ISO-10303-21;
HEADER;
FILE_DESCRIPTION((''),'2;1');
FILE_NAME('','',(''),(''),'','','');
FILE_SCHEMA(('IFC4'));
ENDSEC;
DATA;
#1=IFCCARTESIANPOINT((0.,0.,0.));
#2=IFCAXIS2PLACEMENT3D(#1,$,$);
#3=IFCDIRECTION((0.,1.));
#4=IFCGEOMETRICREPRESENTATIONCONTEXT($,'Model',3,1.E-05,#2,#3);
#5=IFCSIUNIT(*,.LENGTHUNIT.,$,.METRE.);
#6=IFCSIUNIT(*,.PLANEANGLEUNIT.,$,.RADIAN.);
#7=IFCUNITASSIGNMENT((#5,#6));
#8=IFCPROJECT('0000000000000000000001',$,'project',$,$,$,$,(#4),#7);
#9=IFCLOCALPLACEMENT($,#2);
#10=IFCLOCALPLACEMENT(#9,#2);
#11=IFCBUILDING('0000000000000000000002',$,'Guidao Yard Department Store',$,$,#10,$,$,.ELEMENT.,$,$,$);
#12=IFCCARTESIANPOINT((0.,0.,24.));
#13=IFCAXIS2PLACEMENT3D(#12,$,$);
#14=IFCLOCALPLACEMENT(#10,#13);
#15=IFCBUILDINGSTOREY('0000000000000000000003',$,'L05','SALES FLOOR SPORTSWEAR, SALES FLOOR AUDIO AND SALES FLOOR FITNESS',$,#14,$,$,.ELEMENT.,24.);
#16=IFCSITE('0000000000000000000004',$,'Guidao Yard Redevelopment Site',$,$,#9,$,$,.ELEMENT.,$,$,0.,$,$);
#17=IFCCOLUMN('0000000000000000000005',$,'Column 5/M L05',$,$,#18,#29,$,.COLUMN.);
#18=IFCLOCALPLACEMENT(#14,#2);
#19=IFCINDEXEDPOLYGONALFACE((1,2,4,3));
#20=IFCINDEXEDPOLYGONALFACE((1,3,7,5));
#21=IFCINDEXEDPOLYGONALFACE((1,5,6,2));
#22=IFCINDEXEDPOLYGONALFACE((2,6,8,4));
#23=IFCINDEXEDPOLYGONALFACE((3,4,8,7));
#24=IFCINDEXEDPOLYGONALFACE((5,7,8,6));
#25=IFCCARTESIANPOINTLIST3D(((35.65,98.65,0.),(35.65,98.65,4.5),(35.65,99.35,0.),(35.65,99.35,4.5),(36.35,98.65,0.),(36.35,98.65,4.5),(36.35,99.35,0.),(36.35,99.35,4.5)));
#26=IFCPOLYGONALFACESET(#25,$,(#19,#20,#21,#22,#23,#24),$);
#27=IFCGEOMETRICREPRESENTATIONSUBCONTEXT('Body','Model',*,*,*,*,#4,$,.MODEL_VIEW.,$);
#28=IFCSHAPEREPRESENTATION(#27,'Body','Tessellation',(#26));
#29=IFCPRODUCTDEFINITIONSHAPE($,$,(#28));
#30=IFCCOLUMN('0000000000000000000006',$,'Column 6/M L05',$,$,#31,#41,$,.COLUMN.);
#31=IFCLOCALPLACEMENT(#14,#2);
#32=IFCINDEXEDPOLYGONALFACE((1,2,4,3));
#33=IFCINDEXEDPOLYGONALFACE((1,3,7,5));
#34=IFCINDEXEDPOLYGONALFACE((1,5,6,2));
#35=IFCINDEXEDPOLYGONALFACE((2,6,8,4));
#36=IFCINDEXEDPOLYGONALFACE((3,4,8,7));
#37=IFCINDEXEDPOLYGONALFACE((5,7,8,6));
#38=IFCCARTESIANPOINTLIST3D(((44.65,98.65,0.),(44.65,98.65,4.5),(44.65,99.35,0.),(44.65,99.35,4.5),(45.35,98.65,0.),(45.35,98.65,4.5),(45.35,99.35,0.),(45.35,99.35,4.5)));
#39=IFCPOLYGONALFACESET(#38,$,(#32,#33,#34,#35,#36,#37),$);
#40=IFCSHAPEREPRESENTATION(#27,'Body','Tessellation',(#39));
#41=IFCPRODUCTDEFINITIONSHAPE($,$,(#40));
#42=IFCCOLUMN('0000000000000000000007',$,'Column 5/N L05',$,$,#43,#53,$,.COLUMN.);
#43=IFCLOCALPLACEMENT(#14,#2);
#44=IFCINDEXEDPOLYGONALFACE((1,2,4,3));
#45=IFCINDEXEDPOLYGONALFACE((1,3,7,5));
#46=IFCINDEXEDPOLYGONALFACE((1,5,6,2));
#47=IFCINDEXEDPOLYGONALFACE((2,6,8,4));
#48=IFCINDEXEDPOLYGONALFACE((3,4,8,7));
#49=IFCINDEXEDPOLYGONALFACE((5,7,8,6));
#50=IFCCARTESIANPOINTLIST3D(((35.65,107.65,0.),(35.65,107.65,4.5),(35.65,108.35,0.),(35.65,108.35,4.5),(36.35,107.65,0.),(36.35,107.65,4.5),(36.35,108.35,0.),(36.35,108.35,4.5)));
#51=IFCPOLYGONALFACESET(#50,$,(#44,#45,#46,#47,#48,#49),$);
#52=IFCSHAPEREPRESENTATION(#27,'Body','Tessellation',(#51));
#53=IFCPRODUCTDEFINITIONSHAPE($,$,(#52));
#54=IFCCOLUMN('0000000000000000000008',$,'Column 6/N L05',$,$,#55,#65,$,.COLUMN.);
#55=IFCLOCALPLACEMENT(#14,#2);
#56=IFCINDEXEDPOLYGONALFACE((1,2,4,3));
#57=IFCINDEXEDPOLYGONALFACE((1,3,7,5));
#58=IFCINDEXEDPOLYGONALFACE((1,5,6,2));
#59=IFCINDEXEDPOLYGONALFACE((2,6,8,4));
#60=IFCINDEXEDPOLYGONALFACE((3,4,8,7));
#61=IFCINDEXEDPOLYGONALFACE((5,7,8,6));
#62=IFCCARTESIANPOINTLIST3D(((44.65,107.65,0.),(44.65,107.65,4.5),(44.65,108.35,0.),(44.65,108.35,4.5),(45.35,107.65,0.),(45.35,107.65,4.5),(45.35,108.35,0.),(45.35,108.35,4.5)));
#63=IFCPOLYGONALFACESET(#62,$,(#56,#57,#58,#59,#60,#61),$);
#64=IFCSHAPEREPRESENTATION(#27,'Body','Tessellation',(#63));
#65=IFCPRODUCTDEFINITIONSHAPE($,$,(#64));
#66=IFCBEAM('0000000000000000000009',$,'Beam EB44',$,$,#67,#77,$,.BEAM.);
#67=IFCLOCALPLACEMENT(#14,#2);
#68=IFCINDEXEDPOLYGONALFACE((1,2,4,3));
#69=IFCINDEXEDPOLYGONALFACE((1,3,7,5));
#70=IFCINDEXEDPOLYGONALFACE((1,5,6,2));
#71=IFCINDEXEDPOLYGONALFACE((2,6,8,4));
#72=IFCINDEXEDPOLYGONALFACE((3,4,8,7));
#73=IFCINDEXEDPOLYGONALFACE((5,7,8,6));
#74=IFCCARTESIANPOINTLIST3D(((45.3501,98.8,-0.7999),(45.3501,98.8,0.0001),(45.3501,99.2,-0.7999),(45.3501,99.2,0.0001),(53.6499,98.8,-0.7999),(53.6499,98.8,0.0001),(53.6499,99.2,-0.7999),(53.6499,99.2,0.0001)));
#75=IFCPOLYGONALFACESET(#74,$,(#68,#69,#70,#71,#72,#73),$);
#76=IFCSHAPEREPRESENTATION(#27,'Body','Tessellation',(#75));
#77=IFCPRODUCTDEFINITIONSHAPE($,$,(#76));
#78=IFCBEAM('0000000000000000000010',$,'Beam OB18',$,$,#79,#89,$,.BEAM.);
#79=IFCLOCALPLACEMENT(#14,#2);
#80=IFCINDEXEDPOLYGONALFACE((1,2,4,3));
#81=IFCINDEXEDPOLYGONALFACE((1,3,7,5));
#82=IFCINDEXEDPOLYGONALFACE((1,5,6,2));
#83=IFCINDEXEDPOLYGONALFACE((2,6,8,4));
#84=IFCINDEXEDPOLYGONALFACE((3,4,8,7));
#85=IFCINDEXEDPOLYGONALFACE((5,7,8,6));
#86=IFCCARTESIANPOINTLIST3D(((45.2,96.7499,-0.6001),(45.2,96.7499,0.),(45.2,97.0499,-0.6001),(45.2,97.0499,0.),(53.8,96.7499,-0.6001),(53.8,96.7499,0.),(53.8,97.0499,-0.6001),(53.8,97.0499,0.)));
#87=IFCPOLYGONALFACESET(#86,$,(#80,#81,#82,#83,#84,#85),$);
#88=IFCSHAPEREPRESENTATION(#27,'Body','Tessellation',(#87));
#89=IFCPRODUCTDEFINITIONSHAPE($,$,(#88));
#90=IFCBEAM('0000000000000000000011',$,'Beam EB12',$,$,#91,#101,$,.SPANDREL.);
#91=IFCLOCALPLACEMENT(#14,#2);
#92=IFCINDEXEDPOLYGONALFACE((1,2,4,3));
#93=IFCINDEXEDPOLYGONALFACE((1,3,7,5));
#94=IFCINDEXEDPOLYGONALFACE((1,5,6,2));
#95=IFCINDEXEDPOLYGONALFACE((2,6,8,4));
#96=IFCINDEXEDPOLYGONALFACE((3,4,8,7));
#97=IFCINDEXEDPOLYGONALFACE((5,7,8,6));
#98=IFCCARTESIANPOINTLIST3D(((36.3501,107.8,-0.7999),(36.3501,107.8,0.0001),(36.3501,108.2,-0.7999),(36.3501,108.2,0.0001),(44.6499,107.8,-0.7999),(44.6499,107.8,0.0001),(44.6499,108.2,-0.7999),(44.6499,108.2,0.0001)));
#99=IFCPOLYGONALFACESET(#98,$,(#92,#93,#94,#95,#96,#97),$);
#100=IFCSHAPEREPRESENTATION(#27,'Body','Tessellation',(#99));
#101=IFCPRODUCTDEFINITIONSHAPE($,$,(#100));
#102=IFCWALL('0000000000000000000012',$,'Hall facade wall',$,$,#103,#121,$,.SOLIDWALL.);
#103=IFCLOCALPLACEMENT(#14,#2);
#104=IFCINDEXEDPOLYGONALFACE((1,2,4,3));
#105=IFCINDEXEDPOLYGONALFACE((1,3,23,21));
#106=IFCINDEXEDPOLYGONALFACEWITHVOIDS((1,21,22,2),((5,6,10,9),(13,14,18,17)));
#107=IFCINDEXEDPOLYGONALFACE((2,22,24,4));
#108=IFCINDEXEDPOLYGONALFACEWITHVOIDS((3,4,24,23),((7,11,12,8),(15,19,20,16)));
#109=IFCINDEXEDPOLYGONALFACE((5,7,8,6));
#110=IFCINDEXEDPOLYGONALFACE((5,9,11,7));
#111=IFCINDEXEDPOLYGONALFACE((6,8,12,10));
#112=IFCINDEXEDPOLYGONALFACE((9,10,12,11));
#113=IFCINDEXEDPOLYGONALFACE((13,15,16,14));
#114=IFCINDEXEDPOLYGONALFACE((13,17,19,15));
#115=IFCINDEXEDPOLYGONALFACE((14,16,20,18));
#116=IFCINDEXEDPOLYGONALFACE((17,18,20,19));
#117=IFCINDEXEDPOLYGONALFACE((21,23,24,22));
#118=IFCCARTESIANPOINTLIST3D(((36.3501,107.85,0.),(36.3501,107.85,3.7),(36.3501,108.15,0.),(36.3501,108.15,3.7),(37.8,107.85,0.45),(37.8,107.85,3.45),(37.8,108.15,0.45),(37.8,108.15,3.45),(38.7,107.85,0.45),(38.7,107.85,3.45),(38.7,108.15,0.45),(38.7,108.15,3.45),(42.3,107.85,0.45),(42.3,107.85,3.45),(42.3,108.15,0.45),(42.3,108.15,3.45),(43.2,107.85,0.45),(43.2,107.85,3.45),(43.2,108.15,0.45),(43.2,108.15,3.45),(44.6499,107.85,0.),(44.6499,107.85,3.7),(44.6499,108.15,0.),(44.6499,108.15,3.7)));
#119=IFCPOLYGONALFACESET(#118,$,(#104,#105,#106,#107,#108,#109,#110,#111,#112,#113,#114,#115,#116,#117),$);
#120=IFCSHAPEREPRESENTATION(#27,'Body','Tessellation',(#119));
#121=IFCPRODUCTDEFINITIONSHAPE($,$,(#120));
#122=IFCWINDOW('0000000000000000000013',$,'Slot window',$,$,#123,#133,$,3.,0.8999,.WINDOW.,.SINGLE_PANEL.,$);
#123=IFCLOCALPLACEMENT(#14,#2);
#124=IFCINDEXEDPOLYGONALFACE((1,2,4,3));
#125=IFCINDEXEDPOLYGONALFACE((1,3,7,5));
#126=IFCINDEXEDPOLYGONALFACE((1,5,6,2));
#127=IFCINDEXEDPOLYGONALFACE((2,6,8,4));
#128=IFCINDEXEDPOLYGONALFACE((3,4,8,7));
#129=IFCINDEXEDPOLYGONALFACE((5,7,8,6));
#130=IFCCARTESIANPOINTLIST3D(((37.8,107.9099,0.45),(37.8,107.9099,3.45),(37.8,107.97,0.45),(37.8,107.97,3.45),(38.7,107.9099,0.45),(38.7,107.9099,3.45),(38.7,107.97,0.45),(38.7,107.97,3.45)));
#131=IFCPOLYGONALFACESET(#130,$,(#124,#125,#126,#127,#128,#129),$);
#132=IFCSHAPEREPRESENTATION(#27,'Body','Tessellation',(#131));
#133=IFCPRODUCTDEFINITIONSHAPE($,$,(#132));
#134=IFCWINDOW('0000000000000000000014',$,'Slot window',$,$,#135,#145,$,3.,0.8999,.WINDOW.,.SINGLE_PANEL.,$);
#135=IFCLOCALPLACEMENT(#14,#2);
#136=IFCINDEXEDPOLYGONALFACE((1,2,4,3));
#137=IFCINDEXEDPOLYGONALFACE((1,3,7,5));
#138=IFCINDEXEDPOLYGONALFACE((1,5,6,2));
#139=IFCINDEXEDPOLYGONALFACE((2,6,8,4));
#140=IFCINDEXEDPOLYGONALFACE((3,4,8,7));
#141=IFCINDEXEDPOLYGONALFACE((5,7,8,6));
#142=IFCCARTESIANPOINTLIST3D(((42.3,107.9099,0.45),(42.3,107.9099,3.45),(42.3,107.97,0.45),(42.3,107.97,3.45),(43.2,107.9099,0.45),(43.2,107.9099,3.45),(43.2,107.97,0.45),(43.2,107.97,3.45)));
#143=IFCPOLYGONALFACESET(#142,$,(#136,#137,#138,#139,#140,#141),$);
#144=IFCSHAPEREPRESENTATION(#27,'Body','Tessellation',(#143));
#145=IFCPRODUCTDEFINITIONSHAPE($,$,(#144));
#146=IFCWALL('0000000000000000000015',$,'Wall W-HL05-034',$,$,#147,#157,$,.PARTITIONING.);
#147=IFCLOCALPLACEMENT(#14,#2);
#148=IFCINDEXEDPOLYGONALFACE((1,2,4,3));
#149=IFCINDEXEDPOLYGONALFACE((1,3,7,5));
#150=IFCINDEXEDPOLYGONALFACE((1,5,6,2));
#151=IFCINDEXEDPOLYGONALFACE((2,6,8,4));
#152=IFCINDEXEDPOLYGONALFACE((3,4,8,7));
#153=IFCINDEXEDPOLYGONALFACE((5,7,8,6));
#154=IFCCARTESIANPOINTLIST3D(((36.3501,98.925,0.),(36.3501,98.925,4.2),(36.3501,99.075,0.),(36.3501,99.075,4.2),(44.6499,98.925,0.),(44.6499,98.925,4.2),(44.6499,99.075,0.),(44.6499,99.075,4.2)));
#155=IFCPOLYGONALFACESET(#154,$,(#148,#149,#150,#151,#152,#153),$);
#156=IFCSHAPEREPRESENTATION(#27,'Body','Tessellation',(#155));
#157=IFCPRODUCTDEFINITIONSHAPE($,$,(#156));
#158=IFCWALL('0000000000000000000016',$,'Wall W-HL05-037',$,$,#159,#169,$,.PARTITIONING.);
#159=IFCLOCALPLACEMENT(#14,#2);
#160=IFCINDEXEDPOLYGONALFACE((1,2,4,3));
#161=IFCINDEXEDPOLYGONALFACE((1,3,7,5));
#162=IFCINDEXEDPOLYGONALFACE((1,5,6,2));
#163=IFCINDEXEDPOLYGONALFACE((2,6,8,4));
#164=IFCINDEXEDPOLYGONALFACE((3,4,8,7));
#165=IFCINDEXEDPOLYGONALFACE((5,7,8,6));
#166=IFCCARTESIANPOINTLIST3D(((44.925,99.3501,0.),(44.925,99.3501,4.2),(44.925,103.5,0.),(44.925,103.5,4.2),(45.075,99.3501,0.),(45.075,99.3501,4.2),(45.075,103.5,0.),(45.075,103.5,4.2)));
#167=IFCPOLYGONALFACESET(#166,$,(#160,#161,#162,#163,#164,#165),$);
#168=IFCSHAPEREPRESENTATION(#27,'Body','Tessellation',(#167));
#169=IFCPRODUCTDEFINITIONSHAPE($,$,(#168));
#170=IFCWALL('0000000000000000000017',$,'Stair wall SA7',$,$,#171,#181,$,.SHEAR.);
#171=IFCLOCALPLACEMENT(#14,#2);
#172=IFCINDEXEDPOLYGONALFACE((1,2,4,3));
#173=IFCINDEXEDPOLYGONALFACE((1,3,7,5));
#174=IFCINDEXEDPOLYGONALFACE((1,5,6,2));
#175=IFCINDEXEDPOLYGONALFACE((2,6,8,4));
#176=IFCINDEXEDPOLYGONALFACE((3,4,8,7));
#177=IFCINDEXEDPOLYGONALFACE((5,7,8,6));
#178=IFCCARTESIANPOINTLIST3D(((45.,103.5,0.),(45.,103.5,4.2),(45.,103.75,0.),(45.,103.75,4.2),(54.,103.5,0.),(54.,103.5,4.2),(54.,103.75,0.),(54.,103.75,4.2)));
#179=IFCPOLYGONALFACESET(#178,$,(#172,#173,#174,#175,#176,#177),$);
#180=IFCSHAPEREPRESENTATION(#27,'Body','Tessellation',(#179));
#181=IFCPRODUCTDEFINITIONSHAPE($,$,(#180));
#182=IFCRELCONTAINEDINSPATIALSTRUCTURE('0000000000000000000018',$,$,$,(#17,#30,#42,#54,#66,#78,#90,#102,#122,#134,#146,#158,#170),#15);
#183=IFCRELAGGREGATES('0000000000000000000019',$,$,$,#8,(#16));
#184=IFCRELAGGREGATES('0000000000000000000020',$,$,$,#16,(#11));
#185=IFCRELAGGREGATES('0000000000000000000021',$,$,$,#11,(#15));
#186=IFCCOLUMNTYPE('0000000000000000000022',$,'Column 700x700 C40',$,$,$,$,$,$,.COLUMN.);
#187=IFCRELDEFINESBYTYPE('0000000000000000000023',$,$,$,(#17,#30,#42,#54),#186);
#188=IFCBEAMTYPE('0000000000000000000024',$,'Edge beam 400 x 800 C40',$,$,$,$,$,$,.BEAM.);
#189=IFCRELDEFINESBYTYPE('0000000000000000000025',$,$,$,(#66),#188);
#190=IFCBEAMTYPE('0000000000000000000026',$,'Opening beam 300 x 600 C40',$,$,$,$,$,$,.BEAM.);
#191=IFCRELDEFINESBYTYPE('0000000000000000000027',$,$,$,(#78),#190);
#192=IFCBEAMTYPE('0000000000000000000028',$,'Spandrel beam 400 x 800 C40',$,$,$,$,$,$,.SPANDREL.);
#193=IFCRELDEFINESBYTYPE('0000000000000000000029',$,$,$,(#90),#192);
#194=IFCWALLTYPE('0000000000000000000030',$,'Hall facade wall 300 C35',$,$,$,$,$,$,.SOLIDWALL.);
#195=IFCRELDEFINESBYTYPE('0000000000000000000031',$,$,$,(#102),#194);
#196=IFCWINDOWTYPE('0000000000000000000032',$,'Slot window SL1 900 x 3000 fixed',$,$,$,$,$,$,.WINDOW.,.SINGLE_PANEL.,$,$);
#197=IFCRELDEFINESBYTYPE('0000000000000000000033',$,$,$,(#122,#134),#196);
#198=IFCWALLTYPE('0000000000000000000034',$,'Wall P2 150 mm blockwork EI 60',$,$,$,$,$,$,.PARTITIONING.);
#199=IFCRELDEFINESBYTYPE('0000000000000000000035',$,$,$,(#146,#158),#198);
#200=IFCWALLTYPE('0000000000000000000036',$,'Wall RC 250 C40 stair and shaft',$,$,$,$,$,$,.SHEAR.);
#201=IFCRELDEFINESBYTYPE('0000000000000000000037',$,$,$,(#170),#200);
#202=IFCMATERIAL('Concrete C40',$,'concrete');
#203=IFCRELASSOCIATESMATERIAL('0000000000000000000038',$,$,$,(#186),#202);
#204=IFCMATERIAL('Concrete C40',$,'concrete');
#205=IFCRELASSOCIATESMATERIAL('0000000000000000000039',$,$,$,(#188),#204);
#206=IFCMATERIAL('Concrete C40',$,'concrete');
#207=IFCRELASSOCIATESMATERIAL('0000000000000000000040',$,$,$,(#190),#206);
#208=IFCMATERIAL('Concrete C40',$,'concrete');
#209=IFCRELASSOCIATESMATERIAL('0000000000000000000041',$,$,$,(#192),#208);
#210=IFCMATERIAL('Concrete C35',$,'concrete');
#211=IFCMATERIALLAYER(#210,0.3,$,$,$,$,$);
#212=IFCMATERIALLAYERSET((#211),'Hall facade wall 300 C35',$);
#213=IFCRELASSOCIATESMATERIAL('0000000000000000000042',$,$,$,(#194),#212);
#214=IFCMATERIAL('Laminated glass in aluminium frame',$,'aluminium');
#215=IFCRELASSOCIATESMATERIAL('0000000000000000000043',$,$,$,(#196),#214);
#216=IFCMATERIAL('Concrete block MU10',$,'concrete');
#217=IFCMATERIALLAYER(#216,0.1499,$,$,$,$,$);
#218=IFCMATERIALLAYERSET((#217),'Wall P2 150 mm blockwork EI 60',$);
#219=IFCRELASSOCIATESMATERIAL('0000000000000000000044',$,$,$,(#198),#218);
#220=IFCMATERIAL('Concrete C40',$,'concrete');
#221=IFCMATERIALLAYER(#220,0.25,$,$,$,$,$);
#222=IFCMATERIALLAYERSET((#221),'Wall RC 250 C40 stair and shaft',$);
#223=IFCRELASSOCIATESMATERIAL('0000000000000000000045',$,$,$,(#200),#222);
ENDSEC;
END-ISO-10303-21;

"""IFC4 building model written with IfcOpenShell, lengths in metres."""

from ifc_helpers import new_model, si_unit, direction, frame, frame_2d, origin, origin_2d, place, context, subcontext, project, spatial, rectangle, extrude, material, layer, layer_set, material_profile, profile_set, type_object, element, fill, save


model = new_model("IFC4")

# Units and contexts
model_context = context("Model", 3, precision=1e-05, world=origin(), true_north=direction((0.0, 1.0)))
body_context = subcontext(model_context, "Body", "Model", "MODEL_VIEW")
ifc_project = project(units=[si_unit("LENGTHUNIT", "METRE"), si_unit("PLANEANGLEUNIT", "RADIAN")], contexts=[model_context])

# Site, building, storey
site_placement = place(None, origin())
site = spatial("IfcSite", under=ifc_project, at=site_placement, Name="Guidao Yard Redevelopment Site", CompositionType="ELEMENT", RefElevation=0.0)
building_placement = place(site_placement, origin())
building = spatial("IfcBuilding", under=site, at=building_placement, Name="Guidao Yard Department Store", CompositionType="ELEMENT")
storey_placement = place(building_placement, frame((0.0, 0.0, 24.0)))
storey = spatial("IfcBuildingStorey", under=building, at=storey_placement, Name="L05", Description="SALES FLOOR SPORTSWEAR, SALES FLOOR AUDIO AND SALES FLOOR FITNESS", CompositionType="ELEMENT", Elevation=24.0)

# Columns
ifc_material_1 = material(Name="Concrete C40", Category="concrete")
ifc_material_profile_1 = material_profile(ifc_material_1, rectangle(XDim=0.7, YDim=0.7, at=origin_2d()), Name="COL 700x700")
ifc_profile_set_1 = profile_set([ifc_material_profile_1], Name="Concrete C40")
column_type = type_object("IfcColumnType", Name="Column 700x700 C40", PredefinedType="COLUMN", material=ifc_profile_set_1)
for number, where, z_axis, x_axis, name in (
    (1, (36.0, 99.0, 0.0), (0.0, 0.0, 1.0), (1.0, 0.0, 0.0), "Column 5/M L05"),
    (2, (45.0, 99.0, 0.0), (0.0, 0.0, 1.0), (1.0, 0.0, 0.0), "Column 6/M L05"),
    (3, (36.0, 108.0, 0.0), (0.0, 0.0, 1.0), (1.0, 0.0, 0.0), "Column 5/N L05"),
    (4, (45.0, 108.0, 0.0), (0.0, 0.0, 1.0), (1.0, 0.0, 0.0), "Column 6/N L05"),
):
    element("IfcColumn", number, at=place(storey_placement, frame(where, z_axis=z_axis, x_axis=x_axis)), inside=storey, type_object=column_type, Name=name, PredefinedType="COLUMN", context=body_context, shape_type="SweptSolid", body=[
        extrude(rectangle(XDim=0.7, YDim=0.7, at=origin_2d()), origin(), (0.0, 0.0, 1.0), 4.5),
    ])

# Beams
ifc_material_2 = material(Name="Concrete C40", Category="concrete")
ifc_material_profile_2 = material_profile(ifc_material_2, rectangle(XDim=0.3999, YDim=0.8, at=origin_2d()), Name="Edge beam 400 x 800 C40")
ifc_profile_set_2 = profile_set([ifc_material_profile_2], Name="Concrete C40")
beam_type_1 = type_object("IfcBeamType", Name="Edge beam 400 x 800 C40", PredefinedType="BEAM", material=ifc_profile_set_2)
beam_1_placement = place(storey_placement, frame((45.3501, 99.0, -0.3999), z_axis=(1.0, 0.0, 0.0), x_axis=(0.0, 1.0, 0.0)))
element("IfcBeam", 5, at=beam_1_placement, inside=storey, type_object=beam_type_1, Name="Beam EB44", PredefinedType="BEAM", context=body_context, shape_type="SweptSolid", body=[
    extrude(rectangle(XDim=0.3999, YDim=0.8, at=origin_2d()), origin(), (0.0, 0.0, 1.0), 8.2998),
])
ifc_material_3 = material(Name="Concrete C40", Category="concrete")
ifc_material_profile_3 = material_profile(ifc_material_3, rectangle(XDim=0.3, YDim=0.6001, at=origin_2d()), Name="Opening beam 300 x 600 C40")
ifc_profile_set_3 = profile_set([ifc_material_profile_3], Name="Concrete C40")
beam_type_2 = type_object("IfcBeamType", Name="Opening beam 300 x 600 C40", PredefinedType="BEAM", material=ifc_profile_set_3)
beam_2_placement = place(storey_placement, frame((45.2, 96.8999, -0.3), z_axis=(1.0, 0.0, 0.0), x_axis=(0.0, 1.0, 0.0)))
element("IfcBeam", 6, at=beam_2_placement, inside=storey, type_object=beam_type_2, Name="Beam OB18", PredefinedType="BEAM", context=body_context, shape_type="SweptSolid", body=[
    extrude(rectangle(XDim=0.3, YDim=0.6001, at=origin_2d()), origin(), (0.0, 0.0, 1.0), 8.6001),
])
ifc_material_4 = material(Name="Concrete C40", Category="concrete")
ifc_material_profile_4 = material_profile(ifc_material_4, rectangle(XDim=0.3999, YDim=0.8, at=origin_2d()), Name="Spandrel beam 400 x 800 C40")
ifc_profile_set_4 = profile_set([ifc_material_profile_4], Name="Concrete C40")
beam_type_3 = type_object("IfcBeamType", Name="Spandrel beam 400 x 800 C40", PredefinedType="SPANDREL", material=ifc_profile_set_4)
beam_3_placement = place(storey_placement, frame((36.3501, 108.0, -0.3999), z_axis=(1.0, 0.0, 0.0), x_axis=(0.0, 1.0, 0.0)))
element("IfcBeam", 7, at=beam_3_placement, inside=storey, type_object=beam_type_3, Name="Beam EB12", PredefinedType="SPANDREL", context=body_context, shape_type="SweptSolid", body=[
    extrude(rectangle(XDim=0.3999, YDim=0.8, at=origin_2d()), origin(), (0.0, 0.0, 1.0), 8.2998),
])

# Wall, openings, windows
ifc_material_5 = material(Name="Concrete C35", Category="concrete")
ifc_layer_1 = layer(ifc_material_5, 0.3)
ifc_layer_set_1 = layer_set([ifc_layer_1], Name="Hall facade wall 300 C35")
wall_type_1 = type_object("IfcWallType", Name="Hall facade wall 300 C35", PredefinedType="SOLIDWALL", material=ifc_layer_set_1)
wall_1_placement = place(storey_placement, frame((36.3501, 108.0, 0.0), z_axis=(0.0, 0.0, 1.0), x_axis=(1.0, 0.0, 0.0)))
wall_1 = element("IfcWall", 8, at=wall_1_placement, inside=storey, type_object=wall_type_1, Name="Hall facade wall", PredefinedType="SOLIDWALL", context=body_context, shape_type="SweptSolid", body=[
    extrude(rectangle(XDim=8.2998, YDim=0.3, at=frame_2d((4.1499, 0.0))), origin(), (0.0, 0.0, 1.0), 3.7),
])
opening_1_placement = place(wall_1_placement, frame((1.45, 0.0, 0.45)))
opening_1 = element("IfcOpeningElement", 9, at=opening_1_placement, cuts=wall_1, PredefinedType="OPENING", context=body_context, shape_type="SweptSolid", body=[
    extrude(rectangle(XDim=0.8999, YDim=3.0, at=frame_2d((0.45, 1.5))), frame((0.0, 0.1599, 0.0), z_axis=(0.0, -1.0, 0.0), x_axis=(1.0, 0.0, 0.0)), (0.0, 0.0, 1.0), 0.3201),
])
opening_2_placement = place(wall_1_placement, frame((5.95, 0.0, 0.45)))
opening_2 = element("IfcOpeningElement", 10, at=opening_2_placement, cuts=wall_1, PredefinedType="OPENING", context=body_context, shape_type="SweptSolid", body=[
    extrude(rectangle(XDim=0.8999, YDim=3.0, at=frame_2d((0.45, 1.5))), frame((0.0, 0.1599, 0.0), z_axis=(0.0, -1.0, 0.0), x_axis=(1.0, 0.0, 0.0)), (0.0, 0.0, 1.0), 0.3201),
])
ifc_material_6 = material(Name="Laminated glass in aluminium frame", Category="aluminium")
window_type = type_object("IfcWindowType", Name="Slot window SL1 900 x 3000 fixed", PartitioningType="SINGLE_PANEL", PredefinedType="WINDOW", material=ifc_material_6)
window_1_placement = place(opening_1_placement, origin())
window_1 = element("IfcWindow", 11, at=window_1_placement, inside=storey, type_object=window_type, Name="Slot window", OverallHeight=3.0, OverallWidth=0.8999, PartitioningType="SINGLE_PANEL", PredefinedType="WINDOW", context=body_context, shape_type="SweptSolid", body=[
    extrude(rectangle(XDim=0.8999, YDim=3.0, at=frame_2d((0.45, 1.5))), frame((0.0, -0.03, 0.0), z_axis=(0.0, -1.0, 0.0), x_axis=(1.0, 0.0, 0.0)), (0.0, 0.0, 1.0), 0.0601),
])
fill(opening_1, window_1)
window_2_placement = place(opening_2_placement, origin())
window_2 = element("IfcWindow", 12, at=window_2_placement, inside=storey, type_object=window_type, Name="Slot window", OverallHeight=3.0, OverallWidth=0.8999, PartitioningType="SINGLE_PANEL", PredefinedType="WINDOW", context=body_context, shape_type="SweptSolid", body=[
    extrude(rectangle(XDim=0.8999, YDim=3.0, at=frame_2d((0.45, 1.5))), frame((0.0, -0.03, 0.0), z_axis=(0.0, -1.0, 0.0), x_axis=(1.0, 0.0, 0.0)), (0.0, 0.0, 1.0), 0.0601),
])
fill(opening_2, window_2)

# Walls
ifc_material_7 = material(Name="Concrete block MU10", Category="concrete")
ifc_layer_2 = layer(ifc_material_7, 0.1499)
ifc_layer_set_2 = layer_set([ifc_layer_2], Name="Wall P2 150 mm blockwork EI 60")
wall_type_2 = type_object("IfcWallType", Name="Wall P2 150 mm blockwork EI 60", PredefinedType="PARTITIONING", material=ifc_layer_set_2)
wall_2_placement = place(storey_placement, frame((36.3501, 99.0, 0.0), z_axis=(0.0, 0.0, 1.0), x_axis=(1.0, 0.0, 0.0)))
element("IfcWall", 13, at=wall_2_placement, inside=storey, type_object=wall_type_2, Name="Wall W-HL05-034", PredefinedType="PARTITIONING", context=body_context, shape_type="SweptSolid", body=[
    extrude(rectangle(XDim=8.2998, YDim=0.1499, at=frame_2d((4.1499, 0.0))), origin(), (0.0, 0.0, 1.0), 4.2),
])
wall_3_placement = place(storey_placement, frame((45.0, 99.3501, 0.0), z_axis=(0.0, 0.0, 1.0), x_axis=(0.0, 1.0, 0.0)))
element("IfcWall", 14, at=wall_3_placement, inside=storey, type_object=wall_type_2, Name="Wall W-HL05-037", PredefinedType="PARTITIONING", context=body_context, shape_type="SweptSolid", body=[
    extrude(rectangle(XDim=4.1499, YDim=0.1499, at=frame_2d((2.075, 0.0))), origin(), (0.0, 0.0, 1.0), 4.2),
])
ifc_material_8 = material(Name="Concrete C40", Category="concrete")
ifc_layer_3 = layer(ifc_material_8, 0.25)
ifc_layer_set_3 = layer_set([ifc_layer_3], Name="Wall RC 250 C40 stair and shaft")
wall_type_3 = type_object("IfcWallType", Name="Wall RC 250 C40 stair and shaft", PredefinedType="SHEAR", material=ifc_layer_set_3)
wall_4_placement = place(storey_placement, frame((45.0, 103.625, 0.0), z_axis=(0.0, 0.0, 1.0), x_axis=(1.0, 0.0, 0.0)))
element("IfcWall", 15, at=wall_4_placement, inside=storey, type_object=wall_type_3, Name="Stair wall SA7", PredefinedType="SHEAR", context=body_context, shape_type="SweptSolid", body=[
    extrude(rectangle(XDim=9.0, YDim=0.25, at=frame_2d((4.5, 0.0))), origin(), (0.0, 0.0, 1.0), 4.2),
])

save(model, "model.ifc")
